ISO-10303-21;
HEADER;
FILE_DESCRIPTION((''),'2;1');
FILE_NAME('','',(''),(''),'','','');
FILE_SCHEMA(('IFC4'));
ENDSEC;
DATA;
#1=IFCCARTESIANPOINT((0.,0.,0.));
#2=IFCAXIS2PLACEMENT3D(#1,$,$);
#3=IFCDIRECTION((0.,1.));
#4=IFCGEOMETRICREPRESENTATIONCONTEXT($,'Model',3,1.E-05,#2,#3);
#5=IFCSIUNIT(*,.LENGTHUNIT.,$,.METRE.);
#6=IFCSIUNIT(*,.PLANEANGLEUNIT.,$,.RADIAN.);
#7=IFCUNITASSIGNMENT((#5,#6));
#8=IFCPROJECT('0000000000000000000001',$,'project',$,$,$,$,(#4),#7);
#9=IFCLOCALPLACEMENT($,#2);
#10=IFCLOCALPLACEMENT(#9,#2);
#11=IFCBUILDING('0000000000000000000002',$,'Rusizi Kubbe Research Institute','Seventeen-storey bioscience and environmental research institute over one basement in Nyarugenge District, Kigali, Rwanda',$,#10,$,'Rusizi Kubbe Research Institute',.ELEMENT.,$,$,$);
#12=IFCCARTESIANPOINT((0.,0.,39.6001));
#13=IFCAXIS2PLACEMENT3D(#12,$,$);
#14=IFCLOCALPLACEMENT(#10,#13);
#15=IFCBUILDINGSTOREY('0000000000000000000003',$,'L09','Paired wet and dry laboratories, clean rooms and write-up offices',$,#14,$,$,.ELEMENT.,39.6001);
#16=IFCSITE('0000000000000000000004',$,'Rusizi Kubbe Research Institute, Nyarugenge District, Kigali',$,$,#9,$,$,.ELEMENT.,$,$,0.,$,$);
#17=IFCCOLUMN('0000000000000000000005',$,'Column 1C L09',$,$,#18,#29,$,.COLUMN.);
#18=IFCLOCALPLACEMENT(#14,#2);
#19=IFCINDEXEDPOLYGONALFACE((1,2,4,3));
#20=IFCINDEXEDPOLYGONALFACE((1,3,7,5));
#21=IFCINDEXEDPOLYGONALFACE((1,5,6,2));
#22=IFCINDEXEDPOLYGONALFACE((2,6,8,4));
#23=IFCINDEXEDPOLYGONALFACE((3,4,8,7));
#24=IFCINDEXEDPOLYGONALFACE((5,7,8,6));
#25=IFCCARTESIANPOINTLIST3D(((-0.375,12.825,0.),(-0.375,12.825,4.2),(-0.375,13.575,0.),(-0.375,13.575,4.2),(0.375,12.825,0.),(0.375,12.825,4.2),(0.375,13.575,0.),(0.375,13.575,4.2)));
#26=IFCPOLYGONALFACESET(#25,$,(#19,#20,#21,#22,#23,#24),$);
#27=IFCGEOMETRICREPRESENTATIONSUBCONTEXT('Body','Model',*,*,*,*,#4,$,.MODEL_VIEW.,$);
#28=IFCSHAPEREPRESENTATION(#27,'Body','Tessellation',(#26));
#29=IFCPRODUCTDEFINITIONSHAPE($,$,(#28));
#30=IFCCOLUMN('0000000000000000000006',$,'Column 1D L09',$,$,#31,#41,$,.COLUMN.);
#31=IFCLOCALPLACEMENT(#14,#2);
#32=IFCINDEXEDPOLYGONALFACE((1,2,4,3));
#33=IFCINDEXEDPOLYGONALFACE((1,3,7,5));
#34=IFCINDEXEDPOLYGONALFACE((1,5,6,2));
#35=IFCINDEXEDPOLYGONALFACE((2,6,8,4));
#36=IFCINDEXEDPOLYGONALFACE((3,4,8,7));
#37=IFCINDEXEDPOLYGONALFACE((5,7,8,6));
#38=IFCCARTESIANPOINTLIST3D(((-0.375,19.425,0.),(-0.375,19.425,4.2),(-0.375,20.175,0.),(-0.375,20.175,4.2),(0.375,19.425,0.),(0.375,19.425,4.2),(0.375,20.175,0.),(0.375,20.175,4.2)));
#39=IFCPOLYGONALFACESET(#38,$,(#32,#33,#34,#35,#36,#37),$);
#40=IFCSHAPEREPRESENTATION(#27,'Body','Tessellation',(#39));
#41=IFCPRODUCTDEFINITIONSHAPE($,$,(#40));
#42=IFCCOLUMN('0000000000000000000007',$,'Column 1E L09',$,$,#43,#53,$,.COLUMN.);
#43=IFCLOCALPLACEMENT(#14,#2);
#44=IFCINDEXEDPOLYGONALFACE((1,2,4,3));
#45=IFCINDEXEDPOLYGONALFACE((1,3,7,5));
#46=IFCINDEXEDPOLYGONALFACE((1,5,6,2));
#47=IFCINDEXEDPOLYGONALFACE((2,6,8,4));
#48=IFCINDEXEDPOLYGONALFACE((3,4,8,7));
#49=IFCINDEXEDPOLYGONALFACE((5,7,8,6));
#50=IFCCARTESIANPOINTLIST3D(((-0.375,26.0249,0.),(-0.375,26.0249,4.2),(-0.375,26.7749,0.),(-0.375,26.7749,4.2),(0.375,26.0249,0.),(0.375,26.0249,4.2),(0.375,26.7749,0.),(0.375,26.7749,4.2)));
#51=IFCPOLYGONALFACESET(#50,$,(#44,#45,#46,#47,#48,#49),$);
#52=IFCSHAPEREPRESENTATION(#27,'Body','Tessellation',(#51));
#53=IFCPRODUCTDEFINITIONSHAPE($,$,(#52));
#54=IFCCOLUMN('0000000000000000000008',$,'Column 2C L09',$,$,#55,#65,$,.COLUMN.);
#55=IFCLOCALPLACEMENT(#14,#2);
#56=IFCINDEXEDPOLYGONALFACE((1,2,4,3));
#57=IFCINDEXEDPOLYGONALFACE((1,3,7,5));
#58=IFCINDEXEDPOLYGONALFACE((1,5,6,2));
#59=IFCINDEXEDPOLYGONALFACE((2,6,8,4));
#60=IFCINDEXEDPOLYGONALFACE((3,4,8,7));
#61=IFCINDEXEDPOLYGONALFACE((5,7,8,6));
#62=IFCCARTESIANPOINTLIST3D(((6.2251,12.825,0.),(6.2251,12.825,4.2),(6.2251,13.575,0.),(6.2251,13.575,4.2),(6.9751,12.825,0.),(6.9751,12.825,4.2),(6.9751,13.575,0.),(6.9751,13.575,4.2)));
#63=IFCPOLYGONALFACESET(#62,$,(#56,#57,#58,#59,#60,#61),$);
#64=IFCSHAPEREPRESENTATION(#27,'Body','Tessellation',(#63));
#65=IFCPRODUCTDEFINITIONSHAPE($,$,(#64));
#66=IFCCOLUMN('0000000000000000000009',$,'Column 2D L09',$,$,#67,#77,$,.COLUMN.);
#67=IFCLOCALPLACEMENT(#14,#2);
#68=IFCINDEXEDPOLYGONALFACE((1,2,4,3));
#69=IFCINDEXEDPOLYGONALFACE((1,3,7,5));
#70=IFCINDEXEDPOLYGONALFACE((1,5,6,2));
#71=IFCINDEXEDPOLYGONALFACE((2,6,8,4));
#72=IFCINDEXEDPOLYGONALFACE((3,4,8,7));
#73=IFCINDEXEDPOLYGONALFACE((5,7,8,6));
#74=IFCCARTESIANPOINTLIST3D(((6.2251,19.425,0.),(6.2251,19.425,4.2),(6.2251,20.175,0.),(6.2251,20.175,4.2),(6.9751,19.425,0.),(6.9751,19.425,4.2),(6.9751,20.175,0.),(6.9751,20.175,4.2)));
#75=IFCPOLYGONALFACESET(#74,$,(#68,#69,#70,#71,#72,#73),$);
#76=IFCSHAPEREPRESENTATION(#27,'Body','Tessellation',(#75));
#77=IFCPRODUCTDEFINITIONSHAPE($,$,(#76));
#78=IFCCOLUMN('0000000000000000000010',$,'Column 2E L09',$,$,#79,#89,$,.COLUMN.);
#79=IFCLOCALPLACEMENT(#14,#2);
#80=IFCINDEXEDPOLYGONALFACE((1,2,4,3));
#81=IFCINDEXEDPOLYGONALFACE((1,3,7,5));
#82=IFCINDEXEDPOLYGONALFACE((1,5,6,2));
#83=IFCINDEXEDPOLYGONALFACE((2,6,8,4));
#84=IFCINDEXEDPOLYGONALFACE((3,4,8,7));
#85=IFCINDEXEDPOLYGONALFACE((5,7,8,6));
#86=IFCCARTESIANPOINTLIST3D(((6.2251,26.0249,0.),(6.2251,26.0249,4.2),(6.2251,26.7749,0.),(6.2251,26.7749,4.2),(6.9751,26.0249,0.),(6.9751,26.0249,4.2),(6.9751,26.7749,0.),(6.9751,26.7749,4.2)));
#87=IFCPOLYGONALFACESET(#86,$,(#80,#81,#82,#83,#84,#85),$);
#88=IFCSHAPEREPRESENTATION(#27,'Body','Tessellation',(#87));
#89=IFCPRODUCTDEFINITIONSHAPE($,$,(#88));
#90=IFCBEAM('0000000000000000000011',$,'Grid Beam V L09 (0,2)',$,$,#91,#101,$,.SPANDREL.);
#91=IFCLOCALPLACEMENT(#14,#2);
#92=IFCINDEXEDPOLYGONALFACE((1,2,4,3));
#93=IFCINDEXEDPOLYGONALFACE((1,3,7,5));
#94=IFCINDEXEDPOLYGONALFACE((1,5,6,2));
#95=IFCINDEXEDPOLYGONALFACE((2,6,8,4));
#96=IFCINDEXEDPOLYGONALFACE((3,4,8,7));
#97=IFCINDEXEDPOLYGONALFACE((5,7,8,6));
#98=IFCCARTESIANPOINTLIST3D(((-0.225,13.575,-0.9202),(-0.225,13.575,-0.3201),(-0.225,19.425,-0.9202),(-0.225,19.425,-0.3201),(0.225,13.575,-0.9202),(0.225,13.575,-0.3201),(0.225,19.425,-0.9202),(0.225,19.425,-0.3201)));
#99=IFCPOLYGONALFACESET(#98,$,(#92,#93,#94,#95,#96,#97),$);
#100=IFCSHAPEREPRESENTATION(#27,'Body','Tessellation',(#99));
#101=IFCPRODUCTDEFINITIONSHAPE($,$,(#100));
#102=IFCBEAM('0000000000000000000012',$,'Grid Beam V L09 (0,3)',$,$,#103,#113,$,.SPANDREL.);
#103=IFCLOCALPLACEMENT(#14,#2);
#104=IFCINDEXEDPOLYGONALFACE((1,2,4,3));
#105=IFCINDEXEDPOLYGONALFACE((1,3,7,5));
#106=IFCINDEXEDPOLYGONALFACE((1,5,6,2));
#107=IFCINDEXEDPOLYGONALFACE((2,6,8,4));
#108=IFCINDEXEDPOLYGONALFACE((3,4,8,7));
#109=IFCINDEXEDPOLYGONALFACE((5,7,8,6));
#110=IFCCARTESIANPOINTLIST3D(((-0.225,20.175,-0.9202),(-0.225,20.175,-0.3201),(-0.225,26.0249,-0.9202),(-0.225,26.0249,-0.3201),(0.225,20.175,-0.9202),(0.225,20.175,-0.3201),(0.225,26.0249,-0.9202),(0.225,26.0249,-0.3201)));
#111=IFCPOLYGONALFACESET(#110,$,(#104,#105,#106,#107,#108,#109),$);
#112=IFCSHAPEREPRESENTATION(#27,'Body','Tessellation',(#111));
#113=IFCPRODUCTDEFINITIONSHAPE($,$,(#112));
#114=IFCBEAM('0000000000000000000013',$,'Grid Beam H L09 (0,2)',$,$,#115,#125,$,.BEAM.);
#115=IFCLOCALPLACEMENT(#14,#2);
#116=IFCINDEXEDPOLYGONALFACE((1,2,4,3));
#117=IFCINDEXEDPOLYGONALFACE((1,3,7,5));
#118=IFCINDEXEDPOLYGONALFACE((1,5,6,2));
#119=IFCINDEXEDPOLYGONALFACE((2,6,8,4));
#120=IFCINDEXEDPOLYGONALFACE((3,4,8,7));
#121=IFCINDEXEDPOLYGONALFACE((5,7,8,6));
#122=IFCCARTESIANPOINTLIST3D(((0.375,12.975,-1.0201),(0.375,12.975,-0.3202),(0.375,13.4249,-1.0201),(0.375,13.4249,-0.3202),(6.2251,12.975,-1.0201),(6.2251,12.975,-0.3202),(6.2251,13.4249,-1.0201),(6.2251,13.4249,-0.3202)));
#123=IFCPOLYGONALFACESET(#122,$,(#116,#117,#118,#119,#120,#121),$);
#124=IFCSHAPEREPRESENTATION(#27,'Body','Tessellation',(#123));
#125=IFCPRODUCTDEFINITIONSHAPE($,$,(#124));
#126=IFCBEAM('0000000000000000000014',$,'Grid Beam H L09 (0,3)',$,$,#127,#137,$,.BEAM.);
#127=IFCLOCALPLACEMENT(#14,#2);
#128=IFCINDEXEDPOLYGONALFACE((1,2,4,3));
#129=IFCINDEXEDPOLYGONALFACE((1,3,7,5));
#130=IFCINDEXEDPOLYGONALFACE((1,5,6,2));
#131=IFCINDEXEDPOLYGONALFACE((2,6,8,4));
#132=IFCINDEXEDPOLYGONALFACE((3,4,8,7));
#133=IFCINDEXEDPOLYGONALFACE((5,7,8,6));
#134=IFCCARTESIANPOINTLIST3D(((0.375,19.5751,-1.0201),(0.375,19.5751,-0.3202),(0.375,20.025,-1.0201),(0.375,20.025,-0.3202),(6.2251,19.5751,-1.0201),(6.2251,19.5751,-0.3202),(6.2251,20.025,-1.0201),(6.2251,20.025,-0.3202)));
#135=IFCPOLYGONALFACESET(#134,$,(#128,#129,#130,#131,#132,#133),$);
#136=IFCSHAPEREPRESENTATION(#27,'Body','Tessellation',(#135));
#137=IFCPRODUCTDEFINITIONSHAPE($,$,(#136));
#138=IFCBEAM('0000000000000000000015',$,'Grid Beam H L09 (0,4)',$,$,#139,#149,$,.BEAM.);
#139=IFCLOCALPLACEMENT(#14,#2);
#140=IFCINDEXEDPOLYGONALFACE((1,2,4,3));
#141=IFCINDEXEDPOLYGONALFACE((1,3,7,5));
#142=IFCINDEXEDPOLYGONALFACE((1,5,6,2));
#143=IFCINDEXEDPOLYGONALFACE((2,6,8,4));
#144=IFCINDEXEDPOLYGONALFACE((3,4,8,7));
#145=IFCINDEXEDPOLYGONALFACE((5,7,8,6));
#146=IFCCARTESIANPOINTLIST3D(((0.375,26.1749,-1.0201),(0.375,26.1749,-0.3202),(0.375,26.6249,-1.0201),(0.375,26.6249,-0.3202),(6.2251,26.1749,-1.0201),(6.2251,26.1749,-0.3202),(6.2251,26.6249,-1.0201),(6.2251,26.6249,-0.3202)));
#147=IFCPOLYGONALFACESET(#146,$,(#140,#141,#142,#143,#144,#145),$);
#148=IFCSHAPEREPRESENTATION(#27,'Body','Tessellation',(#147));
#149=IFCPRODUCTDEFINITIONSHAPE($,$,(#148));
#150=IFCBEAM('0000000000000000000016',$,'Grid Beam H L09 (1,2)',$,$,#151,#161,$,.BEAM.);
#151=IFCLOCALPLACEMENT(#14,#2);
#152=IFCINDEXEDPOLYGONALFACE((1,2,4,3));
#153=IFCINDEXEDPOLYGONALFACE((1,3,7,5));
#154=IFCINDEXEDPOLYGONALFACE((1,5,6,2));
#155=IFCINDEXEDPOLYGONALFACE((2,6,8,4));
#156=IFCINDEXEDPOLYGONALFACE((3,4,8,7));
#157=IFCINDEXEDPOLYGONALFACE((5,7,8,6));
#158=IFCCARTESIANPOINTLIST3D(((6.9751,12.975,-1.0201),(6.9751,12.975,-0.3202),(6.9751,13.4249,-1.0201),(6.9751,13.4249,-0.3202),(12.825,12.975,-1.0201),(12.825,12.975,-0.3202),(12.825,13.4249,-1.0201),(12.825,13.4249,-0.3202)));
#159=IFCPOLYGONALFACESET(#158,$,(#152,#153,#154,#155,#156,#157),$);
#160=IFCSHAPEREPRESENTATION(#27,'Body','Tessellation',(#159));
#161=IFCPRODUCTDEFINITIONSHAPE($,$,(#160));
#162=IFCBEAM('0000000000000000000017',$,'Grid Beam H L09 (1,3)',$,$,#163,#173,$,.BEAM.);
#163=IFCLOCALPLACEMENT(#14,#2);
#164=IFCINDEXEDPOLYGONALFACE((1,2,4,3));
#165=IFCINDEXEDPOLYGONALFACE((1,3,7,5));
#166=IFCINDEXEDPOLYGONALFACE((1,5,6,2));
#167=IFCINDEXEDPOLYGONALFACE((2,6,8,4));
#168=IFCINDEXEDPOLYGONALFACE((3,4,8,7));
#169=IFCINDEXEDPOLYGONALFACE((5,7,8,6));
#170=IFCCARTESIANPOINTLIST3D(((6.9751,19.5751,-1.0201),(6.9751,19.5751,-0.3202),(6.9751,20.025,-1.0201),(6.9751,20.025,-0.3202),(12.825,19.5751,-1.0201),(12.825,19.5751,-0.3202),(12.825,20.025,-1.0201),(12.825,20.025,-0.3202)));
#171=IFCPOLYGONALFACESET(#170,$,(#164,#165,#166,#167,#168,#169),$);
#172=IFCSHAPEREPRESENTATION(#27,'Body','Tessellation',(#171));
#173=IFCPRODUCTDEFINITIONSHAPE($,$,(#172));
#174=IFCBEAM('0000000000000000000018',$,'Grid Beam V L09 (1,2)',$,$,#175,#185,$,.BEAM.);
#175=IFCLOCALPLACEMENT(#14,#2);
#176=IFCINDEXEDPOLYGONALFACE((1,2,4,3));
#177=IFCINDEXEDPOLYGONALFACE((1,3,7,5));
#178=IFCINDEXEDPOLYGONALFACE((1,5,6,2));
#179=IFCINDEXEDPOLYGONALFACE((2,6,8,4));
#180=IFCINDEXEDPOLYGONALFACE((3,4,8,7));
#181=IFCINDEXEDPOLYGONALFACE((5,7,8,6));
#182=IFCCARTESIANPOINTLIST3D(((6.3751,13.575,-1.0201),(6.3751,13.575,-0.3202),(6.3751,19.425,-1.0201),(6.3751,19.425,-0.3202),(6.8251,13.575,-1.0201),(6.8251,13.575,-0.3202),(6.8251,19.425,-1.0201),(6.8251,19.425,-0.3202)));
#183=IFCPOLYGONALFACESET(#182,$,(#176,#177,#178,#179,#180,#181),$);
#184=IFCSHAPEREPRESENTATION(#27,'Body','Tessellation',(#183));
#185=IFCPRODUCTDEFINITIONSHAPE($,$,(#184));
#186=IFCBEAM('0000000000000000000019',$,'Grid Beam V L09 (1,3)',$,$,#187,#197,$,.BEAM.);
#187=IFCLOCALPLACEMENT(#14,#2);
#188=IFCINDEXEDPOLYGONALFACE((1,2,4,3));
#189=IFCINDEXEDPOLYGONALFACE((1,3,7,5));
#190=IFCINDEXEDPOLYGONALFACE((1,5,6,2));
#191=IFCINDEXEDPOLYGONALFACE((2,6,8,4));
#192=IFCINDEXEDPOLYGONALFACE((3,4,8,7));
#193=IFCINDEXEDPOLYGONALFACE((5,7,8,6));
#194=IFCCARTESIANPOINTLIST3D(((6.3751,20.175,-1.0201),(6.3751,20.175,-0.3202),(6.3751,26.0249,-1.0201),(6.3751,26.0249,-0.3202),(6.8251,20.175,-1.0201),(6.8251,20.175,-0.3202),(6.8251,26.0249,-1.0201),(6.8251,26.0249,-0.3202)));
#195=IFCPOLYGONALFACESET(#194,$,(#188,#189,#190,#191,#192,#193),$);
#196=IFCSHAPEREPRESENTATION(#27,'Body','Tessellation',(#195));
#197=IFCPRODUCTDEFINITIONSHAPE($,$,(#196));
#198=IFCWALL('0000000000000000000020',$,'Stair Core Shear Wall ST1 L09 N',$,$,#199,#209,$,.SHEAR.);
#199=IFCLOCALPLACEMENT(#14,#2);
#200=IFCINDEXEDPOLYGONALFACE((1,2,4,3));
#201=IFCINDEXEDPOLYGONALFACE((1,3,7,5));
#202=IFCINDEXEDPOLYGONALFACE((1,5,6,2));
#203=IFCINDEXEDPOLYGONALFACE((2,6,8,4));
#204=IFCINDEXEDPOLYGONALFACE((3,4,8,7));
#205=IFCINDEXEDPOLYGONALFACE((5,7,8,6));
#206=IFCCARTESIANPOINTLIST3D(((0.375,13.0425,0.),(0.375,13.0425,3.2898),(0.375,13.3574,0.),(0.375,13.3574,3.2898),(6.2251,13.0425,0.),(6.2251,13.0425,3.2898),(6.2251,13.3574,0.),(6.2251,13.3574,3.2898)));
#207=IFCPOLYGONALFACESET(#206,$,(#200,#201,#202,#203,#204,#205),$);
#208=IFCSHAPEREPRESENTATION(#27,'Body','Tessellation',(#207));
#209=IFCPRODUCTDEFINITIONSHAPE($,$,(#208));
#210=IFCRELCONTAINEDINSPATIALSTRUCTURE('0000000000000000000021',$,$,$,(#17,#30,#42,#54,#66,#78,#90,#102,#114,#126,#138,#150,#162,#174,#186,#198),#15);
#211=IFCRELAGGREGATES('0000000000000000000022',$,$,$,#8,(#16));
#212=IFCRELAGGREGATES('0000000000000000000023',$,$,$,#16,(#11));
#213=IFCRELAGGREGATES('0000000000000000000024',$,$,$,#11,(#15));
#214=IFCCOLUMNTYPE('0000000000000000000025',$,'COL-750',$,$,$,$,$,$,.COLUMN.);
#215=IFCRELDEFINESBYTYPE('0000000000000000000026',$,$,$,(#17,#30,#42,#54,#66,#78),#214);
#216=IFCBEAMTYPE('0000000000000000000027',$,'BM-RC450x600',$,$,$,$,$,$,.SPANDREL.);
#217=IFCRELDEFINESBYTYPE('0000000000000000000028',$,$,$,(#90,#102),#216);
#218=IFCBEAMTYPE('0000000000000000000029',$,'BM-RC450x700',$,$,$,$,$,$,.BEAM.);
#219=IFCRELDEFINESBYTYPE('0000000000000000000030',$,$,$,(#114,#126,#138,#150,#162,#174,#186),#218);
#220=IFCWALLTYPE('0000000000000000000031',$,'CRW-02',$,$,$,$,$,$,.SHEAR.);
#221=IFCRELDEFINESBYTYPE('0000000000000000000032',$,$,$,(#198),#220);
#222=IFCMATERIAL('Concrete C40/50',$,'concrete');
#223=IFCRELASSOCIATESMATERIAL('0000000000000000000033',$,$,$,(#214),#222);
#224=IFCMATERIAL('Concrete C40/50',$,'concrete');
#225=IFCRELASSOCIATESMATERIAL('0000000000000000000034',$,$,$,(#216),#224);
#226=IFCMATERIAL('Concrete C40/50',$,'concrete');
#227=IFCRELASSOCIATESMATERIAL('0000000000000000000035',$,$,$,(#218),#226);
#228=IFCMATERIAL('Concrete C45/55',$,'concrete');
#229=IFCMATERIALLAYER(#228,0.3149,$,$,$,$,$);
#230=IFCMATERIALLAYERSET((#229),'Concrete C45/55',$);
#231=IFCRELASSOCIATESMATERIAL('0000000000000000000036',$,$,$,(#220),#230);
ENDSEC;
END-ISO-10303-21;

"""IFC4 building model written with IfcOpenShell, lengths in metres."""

from ifc_helpers import new_model, si_unit, direction, frame, frame_2d, origin, origin_2d, place, context, subcontext, project, spatial, rectangle, extrude, material, layer, layer_set, material_profile, profile_set, type_object, element, save


model = new_model("IFC4")

# Units and contexts
model_context = context("Model", 3, precision=1e-05, world=origin(), true_north=direction((0.0, 1.0)))
body_context = subcontext(model_context, "Body", "Model", "MODEL_VIEW")
ifc_project = project(units=[si_unit("LENGTHUNIT", "METRE"), si_unit("PLANEANGLEUNIT", "RADIAN")], contexts=[model_context])

# Site, building, storey
site_placement = place(None, origin())
site = spatial("IfcSite", under=ifc_project, at=site_placement, Name="Rusizi Kubbe Research Institute, Nyarugenge District, Kigali", CompositionType="ELEMENT", RefElevation=0.0)
building_placement = place(site_placement, origin())
building = spatial("IfcBuilding", under=site, at=building_placement, Name="Rusizi Kubbe Research Institute", Description="Seventeen-storey bioscience and environmental research institute over one basement in Nyarugenge District, Kigali, Rwanda", LongName="Rusizi Kubbe Research Institute", CompositionType="ELEMENT")
storey_placement = place(building_placement, frame((0.0, 0.0, 39.6001)))
storey = spatial("IfcBuildingStorey", under=building, at=storey_placement, Name="L09", Description="Paired wet and dry laboratories, clean rooms and write-up offices", CompositionType="ELEMENT", Elevation=39.6001)

# Columns
ifc_material_1 = material(Name="Concrete C40/50", Category="concrete")
ifc_material_profile_1 = material_profile(ifc_material_1, rectangle(XDim=0.75, YDim=0.75, at=origin_2d()), Name="RC750x750")
ifc_profile_set_1 = profile_set([ifc_material_profile_1], Name="Concrete C40/50")
column_type = type_object("IfcColumnType", Name="COL-750", PredefinedType="COLUMN", material=ifc_profile_set_1)
for number, where, z_axis, x_axis, name in (
    (1, (0.0, 13.2, 0.0), (0.0, 0.0, 1.0), (1.0, 0.0, 0.0), "Column 1C L09"),
    (2, (0.0, 19.8, 0.0), (0.0, 0.0, 1.0), (1.0, 0.0, 0.0), "Column 1D L09"),
    (3, (0.0, 26.3999, 0.0), (0.0, 0.0, 1.0), (1.0, 0.0, 0.0), "Column 1E L09"),
    (4, (6.6001, 13.2, 0.0), (0.0, 0.0, 1.0), (1.0, 0.0, 0.0), "Column 2C L09"),
    (5, (6.6001, 19.8, 0.0), (0.0, 0.0, 1.0), (1.0, 0.0, 0.0), "Column 2D L09"),
    (6, (6.6001, 26.3999, 0.0), (0.0, 0.0, 1.0), (1.0, 0.0, 0.0), "Column 2E L09"),
):
    element("IfcColumn", number, at=place(storey_placement, frame(where, z_axis=z_axis, x_axis=x_axis)), inside=storey, type_object=column_type, Name=name, PredefinedType="COLUMN", context=body_context, shape_type="SweptSolid", body=[
        extrude(rectangle(XDim=0.75, YDim=0.75, at=origin_2d()), origin(), (0.0, 0.0, 1.0), 4.2),
    ])

# Beams
ifc_material_2 = material(Name="Concrete C40/50", Category="concrete")
ifc_material_profile_2 = material_profile(ifc_material_2, rectangle(XDim=0.45, YDim=0.6001, at=origin_2d()), Name="RC450x600")
ifc_profile_set_2 = profile_set([ifc_material_profile_2], Name="Concrete C40/50")
beam_type_1 = type_object("IfcBeamType", Name="BM-RC450x600", PredefinedType="SPANDREL", material=ifc_profile_set_2)
beam_1_placement = place(storey_placement, frame((0.0, 13.575, -0.6201), z_axis=(0.0, 1.0, 0.0), x_axis=(-1.0, 0.0, 0.0)))
element("IfcBeam", 7, at=beam_1_placement, inside=storey, type_object=beam_type_1, Name="Grid Beam V L09 (0,2)", PredefinedType="SPANDREL", context=body_context, shape_type="SweptSolid", body=[
    extrude(rectangle(XDim=0.45, YDim=0.6001, at=origin_2d()), origin(), (0.0, 0.0, 1.0), 5.8501),
])
beam_2_placement = place(storey_placement, frame((0.0, 20.175, -0.6201), z_axis=(0.0, 1.0, 0.0), x_axis=(-1.0, 0.0, 0.0)))
element("IfcBeam", 8, at=beam_2_placement, inside=storey, type_object=beam_type_1, Name="Grid Beam V L09 (0,3)", PredefinedType="SPANDREL", context=body_context, shape_type="SweptSolid", body=[
    extrude(rectangle(XDim=0.45, YDim=0.6001, at=origin_2d()), origin(), (0.0, 0.0, 1.0), 5.8499),
])
ifc_material_3 = material(Name="Concrete C40/50", Category="concrete")
ifc_material_profile_3 = material_profile(ifc_material_3, rectangle(XDim=0.45, YDim=0.7, at=origin_2d()), Name="RC450x700B")
ifc_profile_set_3 = profile_set([ifc_material_profile_3], Name="Concrete C40/50")
beam_type_2 = type_object("IfcBeamType", Name="BM-RC450x700", PredefinedType="BEAM", material=ifc_profile_set_3)
for number, where, z_axis, x_axis, name in (
    (9, (0.375, 13.2, -0.6702), (1.0, 0.0, 0.0), (0.0, 1.0, 0.0), "Grid Beam H L09 (0,2)"),
    (10, (0.375, 19.8, -0.6702), (1.0, 0.0, 0.0), (0.0, 1.0, 0.0), "Grid Beam H L09 (0,3)"),
    (11, (0.375, 26.3999, -0.6702), (1.0, 0.0, 0.0), (0.0, 1.0, 0.0), "Grid Beam H L09 (0,4)"),
):
    element("IfcBeam", number, at=place(storey_placement, frame(where, z_axis=z_axis, x_axis=x_axis)), inside=storey, type_object=beam_type_2, Name=name, PredefinedType="BEAM", context=body_context, shape_type="SweptSolid", body=[
        extrude(rectangle(XDim=0.45, YDim=0.7, at=origin_2d()), origin(), (0.0, 0.0, 1.0), 5.8501),
    ])
for number, where, z_axis, x_axis, name in (
    (12, (6.9751, 13.2, -0.6702), (1.0, 0.0, 0.0), (0.0, 1.0, 0.0), "Grid Beam H L09 (1,2)"),
    (13, (6.9751, 19.8, -0.6702), (1.0, 0.0, 0.0), (0.0, 1.0, 0.0), "Grid Beam H L09 (1,3)"),
):
    element("IfcBeam", number, at=place(storey_placement, frame(where, z_axis=z_axis, x_axis=x_axis)), inside=storey, type_object=beam_type_2, Name=name, PredefinedType="BEAM", context=body_context, shape_type="SweptSolid", body=[
        extrude(rectangle(XDim=0.45, YDim=0.7, at=origin_2d()), origin(), (0.0, 0.0, 1.0), 5.8499),
    ])
beam_3_placement = place(storey_placement, frame((6.6001, 13.575, -0.6702), z_axis=(0.0, 1.0, 0.0), x_axis=(-1.0, 0.0, 0.0)))
element("IfcBeam", 14, at=beam_3_placement, inside=storey, type_object=beam_type_2, Name="Grid Beam V L09 (1,2)", PredefinedType="BEAM", context=body_context, shape_type="SweptSolid", body=[
    extrude(rectangle(XDim=0.45, YDim=0.7, at=origin_2d()), origin(), (0.0, 0.0, 1.0), 5.8501),
])
beam_4_placement = place(storey_placement, frame((6.6001, 20.175, -0.6702), z_axis=(0.0, 1.0, 0.0), x_axis=(-1.0, 0.0, 0.0)))
element("IfcBeam", 15, at=beam_4_placement, inside=storey, type_object=beam_type_2, Name="Grid Beam V L09 (1,3)", PredefinedType="BEAM", context=body_context, shape_type="SweptSolid", body=[
    extrude(rectangle(XDim=0.45, YDim=0.7, at=origin_2d()), origin(), (0.0, 0.0, 1.0), 5.8499),
])

# Wall
ifc_material_4 = material(Name="Concrete C45/55", Category="concrete")
ifc_layer_1 = layer(ifc_material_4, 0.3149)
ifc_layer_set_1 = layer_set([ifc_layer_1], Name="Concrete C45/55")
wall_type_1 = type_object("IfcWallType", Name="CRW-02", PredefinedType="SHEAR", material=ifc_layer_set_1)
wall_1_placement = place(storey_placement, frame((0.375, 13.2, 0.0), z_axis=(0.0, 0.0, 1.0), x_axis=(1.0, 0.0, 0.0)))
element("IfcWall", 16, at=wall_1_placement, inside=storey, type_object=wall_type_1, Name="Stair Core Shear Wall ST1 L09 N", PredefinedType="SHEAR", context=body_context, shape_type="SweptSolid", body=[
    extrude(rectangle(XDim=5.8501, YDim=0.3149, at=frame_2d((2.925, 0.0))), origin(), (0.0, 0.0, 1.0), 3.2898),
])

save(model, "model.ifc")
